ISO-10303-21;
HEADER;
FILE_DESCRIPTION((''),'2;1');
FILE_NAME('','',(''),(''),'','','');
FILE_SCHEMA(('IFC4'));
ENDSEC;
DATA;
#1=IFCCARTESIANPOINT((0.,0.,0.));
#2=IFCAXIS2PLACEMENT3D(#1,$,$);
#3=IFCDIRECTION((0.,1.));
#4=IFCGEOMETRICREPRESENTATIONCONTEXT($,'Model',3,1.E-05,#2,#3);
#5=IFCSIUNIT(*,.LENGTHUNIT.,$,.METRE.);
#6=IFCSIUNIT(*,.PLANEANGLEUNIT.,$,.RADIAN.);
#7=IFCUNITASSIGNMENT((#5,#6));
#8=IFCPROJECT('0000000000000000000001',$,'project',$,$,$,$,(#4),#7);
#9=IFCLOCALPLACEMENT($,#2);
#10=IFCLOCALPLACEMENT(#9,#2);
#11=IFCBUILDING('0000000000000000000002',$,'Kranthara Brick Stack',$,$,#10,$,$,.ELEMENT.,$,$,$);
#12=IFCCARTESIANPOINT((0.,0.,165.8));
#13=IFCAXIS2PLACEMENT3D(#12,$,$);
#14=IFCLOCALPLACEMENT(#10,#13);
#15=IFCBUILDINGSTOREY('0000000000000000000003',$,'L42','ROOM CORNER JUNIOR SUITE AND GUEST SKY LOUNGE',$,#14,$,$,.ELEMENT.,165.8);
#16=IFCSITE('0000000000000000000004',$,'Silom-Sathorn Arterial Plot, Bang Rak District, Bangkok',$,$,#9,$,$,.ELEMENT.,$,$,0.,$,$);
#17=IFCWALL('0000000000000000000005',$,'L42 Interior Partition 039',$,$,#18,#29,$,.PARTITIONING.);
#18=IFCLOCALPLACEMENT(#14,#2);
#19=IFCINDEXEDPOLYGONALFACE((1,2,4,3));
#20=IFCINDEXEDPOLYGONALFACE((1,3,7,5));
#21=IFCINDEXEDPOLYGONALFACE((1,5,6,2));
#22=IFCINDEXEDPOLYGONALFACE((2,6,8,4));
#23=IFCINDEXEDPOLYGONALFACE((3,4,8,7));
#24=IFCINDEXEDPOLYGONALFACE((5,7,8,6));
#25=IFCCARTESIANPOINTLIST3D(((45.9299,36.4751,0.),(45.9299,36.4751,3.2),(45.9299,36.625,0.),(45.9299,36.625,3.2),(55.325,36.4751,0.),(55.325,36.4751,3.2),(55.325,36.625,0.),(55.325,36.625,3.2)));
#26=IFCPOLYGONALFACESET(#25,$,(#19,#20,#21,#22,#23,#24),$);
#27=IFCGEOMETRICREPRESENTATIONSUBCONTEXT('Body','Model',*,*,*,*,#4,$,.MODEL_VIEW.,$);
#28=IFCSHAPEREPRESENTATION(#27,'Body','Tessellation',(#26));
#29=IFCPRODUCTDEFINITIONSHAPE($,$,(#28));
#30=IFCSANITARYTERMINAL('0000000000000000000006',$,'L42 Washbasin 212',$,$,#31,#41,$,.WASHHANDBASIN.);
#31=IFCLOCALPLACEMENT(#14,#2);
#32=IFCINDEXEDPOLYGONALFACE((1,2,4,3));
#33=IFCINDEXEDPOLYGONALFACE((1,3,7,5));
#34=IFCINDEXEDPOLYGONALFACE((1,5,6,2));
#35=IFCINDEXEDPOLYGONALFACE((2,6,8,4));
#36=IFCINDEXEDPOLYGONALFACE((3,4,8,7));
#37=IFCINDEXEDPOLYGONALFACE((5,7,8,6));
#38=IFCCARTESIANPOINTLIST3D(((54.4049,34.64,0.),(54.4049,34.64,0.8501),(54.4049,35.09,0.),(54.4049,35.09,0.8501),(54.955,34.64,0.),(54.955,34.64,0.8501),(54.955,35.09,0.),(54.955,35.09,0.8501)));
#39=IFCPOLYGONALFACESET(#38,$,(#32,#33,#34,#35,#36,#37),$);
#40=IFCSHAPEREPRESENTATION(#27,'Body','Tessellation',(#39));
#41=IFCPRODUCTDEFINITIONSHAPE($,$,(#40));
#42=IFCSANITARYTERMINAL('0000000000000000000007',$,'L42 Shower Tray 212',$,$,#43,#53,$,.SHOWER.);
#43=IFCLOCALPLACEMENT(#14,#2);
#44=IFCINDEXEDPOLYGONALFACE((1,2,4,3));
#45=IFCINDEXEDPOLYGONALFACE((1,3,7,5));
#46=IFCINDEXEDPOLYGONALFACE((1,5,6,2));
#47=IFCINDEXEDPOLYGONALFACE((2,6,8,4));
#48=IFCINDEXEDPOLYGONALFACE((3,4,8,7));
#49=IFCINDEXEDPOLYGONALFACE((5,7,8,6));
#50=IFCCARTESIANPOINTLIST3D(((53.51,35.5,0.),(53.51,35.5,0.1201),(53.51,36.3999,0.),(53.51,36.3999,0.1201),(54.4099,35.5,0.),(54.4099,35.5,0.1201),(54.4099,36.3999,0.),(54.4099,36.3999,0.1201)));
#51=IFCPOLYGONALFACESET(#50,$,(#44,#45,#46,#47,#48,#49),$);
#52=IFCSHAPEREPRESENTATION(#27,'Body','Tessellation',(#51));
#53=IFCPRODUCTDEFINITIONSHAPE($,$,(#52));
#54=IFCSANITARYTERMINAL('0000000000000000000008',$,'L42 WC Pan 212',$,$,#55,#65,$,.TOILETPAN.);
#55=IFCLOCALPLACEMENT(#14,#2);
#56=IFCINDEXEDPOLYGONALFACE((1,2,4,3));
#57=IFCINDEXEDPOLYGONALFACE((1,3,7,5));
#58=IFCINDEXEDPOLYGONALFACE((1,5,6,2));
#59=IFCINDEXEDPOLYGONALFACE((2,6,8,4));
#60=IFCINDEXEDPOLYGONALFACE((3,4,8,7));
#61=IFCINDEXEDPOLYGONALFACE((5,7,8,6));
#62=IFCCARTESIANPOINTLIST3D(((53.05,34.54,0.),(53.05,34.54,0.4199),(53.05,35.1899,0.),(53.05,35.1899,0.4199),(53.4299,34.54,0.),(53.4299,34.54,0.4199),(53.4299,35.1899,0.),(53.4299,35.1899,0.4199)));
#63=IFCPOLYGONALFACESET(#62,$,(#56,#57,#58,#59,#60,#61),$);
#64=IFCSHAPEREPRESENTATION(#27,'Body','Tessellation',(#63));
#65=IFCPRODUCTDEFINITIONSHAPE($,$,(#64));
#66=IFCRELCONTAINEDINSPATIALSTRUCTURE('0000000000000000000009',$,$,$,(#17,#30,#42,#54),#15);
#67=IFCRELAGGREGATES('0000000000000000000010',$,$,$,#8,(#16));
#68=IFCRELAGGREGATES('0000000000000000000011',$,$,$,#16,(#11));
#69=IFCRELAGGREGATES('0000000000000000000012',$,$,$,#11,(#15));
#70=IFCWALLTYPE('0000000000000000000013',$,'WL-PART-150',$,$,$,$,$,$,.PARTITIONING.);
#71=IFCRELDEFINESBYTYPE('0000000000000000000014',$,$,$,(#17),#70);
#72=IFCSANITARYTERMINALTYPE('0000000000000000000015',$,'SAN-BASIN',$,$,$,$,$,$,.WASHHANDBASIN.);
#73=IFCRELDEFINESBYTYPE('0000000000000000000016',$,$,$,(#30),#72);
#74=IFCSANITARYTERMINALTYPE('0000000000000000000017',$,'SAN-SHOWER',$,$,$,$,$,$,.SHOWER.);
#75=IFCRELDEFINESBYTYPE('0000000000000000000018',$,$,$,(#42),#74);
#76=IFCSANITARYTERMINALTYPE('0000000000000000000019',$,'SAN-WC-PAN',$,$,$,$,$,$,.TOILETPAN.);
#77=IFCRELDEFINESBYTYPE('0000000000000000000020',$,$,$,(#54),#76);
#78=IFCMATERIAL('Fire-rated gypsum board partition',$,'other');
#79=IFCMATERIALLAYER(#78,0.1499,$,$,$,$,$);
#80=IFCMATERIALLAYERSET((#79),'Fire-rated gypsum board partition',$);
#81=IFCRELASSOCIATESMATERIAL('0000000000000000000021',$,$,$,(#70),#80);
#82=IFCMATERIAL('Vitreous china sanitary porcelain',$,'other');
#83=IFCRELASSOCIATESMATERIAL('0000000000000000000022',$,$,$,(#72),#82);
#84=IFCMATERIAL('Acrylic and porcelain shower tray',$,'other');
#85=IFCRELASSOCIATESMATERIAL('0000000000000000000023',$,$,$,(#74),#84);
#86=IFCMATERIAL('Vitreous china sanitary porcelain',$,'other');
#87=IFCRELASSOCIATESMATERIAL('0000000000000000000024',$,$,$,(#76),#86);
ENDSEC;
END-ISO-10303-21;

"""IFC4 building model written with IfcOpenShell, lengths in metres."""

from ifc_helpers import new_model, si_unit, direction, frame, frame_2d, origin, origin_2d, place, context, subcontext, project, spatial, rectangle, extrude, material, layer, layer_set, type_object, element, save


model = new_model("IFC4")

# Units and contexts
model_context = context("Model", 3, precision=1e-05, world=origin(), true_north=direction((0.0, 1.0)))
body_context = subcontext(model_context, "Body", "Model", "MODEL_VIEW")
ifc_project = project(units=[si_unit("LENGTHUNIT", "METRE"), si_unit("PLANEANGLEUNIT", "RADIAN")], contexts=[model_context])

# Site, building, storey
site_placement = place(None, origin())
site = spatial("IfcSite", under=ifc_project, at=site_placement, Name="Silom-Sathorn Arterial Plot, Bang Rak District, Bangkok", CompositionType="ELEMENT", RefElevation=0.0)
building_placement = place(site_placement, origin())
building = spatial("IfcBuilding", under=site, at=building_placement, Name="Kranthara Brick Stack", CompositionType="ELEMENT")
storey_placement = place(building_placement, frame((0.0, 0.0, 165.8)))
storey = spatial("IfcBuildingStorey", under=building, at=storey_placement, Name="L42", Description="ROOM CORNER JUNIOR SUITE AND GUEST SKY LOUNGE", CompositionType="ELEMENT", Elevation=165.8)

# Wall
ifc_material_1 = material(Name="Fire-rated gypsum board partition", Category="other")
ifc_layer_1 = layer(ifc_material_1, 0.1499)
ifc_layer_set_1 = layer_set([ifc_layer_1], Name="Fire-rated gypsum board partition")
wall_type_1 = type_object("IfcWallType", Name="WL-PART-150", PredefinedType="PARTITIONING", material=ifc_layer_set_1)
wall_1_placement = place(storey_placement, frame((45.9299, 36.55, 0.0), z_axis=(0.0, 0.0, 1.0), x_axis=(1.0, 0.0, 0.0)))
element("IfcWall", 1, at=wall_1_placement, inside=storey, type_object=wall_type_1, Name="L42 Interior Partition 039", PredefinedType="PARTITIONING", context=body_context, shape_type="SweptSolid", body=[
    extrude(rectangle(XDim=9.395, YDim=0.1499, at=frame_2d((4.6975, 0.0))), origin(), (0.0, 0.0, 1.0), 3.2),
])

# Sanitary terminals
ifc_material_2 = material(Name="Vitreous china sanitary porcelain", Category="other")
sanitary_terminal_type_1 = type_object("IfcSanitaryTerminalType", Name="SAN-BASIN", PredefinedType="WASHHANDBASIN", material=ifc_material_2)
sanitary_terminal_1_placement = place(storey_placement, frame((54.6799, 34.865, 0.0), z_axis=(0.0, 0.0, 1.0), x_axis=(1.0, 0.0, 0.0)))
element("IfcSanitaryTerminal", 2, at=sanitary_terminal_1_placement, inside=storey, type_object=sanitary_terminal_type_1, Name="L42 Washbasin 212", PredefinedType="WASHHANDBASIN", context=body_context, shape_type="SweptSolid", body=[
    extrude(rectangle(XDim=0.55, YDim=0.45, at=origin_2d()), origin(), (0.0, 0.0, 1.0), 0.8501),
])
ifc_material_3 = material(Name="Acrylic and porcelain shower tray", Category="other")
sanitary_terminal_type_2 = type_object("IfcSanitaryTerminalType", Name="SAN-SHOWER", PredefinedType="SHOWER", material=ifc_material_3)
sanitary_terminal_2_placement = place(storey_placement, frame((53.96, 35.95, 0.0), z_axis=(0.0, 0.0, 1.0), x_axis=(1.0, 0.0, 0.0)))
element("IfcSanitaryTerminal", 3, at=sanitary_terminal_2_placement, inside=storey, type_object=sanitary_terminal_type_2, Name="L42 Shower Tray 212", PredefinedType="SHOWER", context=body_context, shape_type="SweptSolid", body=[
    extrude(rectangle(XDim=0.8999, YDim=0.8999, at=origin_2d()), origin(), (0.0, 0.0, 1.0), 0.1201),
])
ifc_material_4 = material(Name="Vitreous china sanitary porcelain", Category="other")
sanitary_terminal_type_3 = type_object("IfcSanitaryTerminalType", Name="SAN-WC-PAN", PredefinedType="TOILETPAN", material=ifc_material_4)
sanitary_terminal_3_placement = place(storey_placement, frame((53.24, 34.865, 0.0), z_axis=(0.0, 0.0, 1.0), x_axis=(1.0, 0.0, 0.0)))
element("IfcSanitaryTerminal", 4, at=sanitary_terminal_3_placement, inside=storey, type_object=sanitary_terminal_type_3, Name="L42 WC Pan 212", PredefinedType="TOILETPAN", context=body_context, shape_type="SweptSolid", body=[
    extrude(rectangle(XDim=0.3799, YDim=0.6499, at=origin_2d()), origin(), (0.0, 0.0, 1.0), 0.4199),
])

save(model, "model.ifc")
